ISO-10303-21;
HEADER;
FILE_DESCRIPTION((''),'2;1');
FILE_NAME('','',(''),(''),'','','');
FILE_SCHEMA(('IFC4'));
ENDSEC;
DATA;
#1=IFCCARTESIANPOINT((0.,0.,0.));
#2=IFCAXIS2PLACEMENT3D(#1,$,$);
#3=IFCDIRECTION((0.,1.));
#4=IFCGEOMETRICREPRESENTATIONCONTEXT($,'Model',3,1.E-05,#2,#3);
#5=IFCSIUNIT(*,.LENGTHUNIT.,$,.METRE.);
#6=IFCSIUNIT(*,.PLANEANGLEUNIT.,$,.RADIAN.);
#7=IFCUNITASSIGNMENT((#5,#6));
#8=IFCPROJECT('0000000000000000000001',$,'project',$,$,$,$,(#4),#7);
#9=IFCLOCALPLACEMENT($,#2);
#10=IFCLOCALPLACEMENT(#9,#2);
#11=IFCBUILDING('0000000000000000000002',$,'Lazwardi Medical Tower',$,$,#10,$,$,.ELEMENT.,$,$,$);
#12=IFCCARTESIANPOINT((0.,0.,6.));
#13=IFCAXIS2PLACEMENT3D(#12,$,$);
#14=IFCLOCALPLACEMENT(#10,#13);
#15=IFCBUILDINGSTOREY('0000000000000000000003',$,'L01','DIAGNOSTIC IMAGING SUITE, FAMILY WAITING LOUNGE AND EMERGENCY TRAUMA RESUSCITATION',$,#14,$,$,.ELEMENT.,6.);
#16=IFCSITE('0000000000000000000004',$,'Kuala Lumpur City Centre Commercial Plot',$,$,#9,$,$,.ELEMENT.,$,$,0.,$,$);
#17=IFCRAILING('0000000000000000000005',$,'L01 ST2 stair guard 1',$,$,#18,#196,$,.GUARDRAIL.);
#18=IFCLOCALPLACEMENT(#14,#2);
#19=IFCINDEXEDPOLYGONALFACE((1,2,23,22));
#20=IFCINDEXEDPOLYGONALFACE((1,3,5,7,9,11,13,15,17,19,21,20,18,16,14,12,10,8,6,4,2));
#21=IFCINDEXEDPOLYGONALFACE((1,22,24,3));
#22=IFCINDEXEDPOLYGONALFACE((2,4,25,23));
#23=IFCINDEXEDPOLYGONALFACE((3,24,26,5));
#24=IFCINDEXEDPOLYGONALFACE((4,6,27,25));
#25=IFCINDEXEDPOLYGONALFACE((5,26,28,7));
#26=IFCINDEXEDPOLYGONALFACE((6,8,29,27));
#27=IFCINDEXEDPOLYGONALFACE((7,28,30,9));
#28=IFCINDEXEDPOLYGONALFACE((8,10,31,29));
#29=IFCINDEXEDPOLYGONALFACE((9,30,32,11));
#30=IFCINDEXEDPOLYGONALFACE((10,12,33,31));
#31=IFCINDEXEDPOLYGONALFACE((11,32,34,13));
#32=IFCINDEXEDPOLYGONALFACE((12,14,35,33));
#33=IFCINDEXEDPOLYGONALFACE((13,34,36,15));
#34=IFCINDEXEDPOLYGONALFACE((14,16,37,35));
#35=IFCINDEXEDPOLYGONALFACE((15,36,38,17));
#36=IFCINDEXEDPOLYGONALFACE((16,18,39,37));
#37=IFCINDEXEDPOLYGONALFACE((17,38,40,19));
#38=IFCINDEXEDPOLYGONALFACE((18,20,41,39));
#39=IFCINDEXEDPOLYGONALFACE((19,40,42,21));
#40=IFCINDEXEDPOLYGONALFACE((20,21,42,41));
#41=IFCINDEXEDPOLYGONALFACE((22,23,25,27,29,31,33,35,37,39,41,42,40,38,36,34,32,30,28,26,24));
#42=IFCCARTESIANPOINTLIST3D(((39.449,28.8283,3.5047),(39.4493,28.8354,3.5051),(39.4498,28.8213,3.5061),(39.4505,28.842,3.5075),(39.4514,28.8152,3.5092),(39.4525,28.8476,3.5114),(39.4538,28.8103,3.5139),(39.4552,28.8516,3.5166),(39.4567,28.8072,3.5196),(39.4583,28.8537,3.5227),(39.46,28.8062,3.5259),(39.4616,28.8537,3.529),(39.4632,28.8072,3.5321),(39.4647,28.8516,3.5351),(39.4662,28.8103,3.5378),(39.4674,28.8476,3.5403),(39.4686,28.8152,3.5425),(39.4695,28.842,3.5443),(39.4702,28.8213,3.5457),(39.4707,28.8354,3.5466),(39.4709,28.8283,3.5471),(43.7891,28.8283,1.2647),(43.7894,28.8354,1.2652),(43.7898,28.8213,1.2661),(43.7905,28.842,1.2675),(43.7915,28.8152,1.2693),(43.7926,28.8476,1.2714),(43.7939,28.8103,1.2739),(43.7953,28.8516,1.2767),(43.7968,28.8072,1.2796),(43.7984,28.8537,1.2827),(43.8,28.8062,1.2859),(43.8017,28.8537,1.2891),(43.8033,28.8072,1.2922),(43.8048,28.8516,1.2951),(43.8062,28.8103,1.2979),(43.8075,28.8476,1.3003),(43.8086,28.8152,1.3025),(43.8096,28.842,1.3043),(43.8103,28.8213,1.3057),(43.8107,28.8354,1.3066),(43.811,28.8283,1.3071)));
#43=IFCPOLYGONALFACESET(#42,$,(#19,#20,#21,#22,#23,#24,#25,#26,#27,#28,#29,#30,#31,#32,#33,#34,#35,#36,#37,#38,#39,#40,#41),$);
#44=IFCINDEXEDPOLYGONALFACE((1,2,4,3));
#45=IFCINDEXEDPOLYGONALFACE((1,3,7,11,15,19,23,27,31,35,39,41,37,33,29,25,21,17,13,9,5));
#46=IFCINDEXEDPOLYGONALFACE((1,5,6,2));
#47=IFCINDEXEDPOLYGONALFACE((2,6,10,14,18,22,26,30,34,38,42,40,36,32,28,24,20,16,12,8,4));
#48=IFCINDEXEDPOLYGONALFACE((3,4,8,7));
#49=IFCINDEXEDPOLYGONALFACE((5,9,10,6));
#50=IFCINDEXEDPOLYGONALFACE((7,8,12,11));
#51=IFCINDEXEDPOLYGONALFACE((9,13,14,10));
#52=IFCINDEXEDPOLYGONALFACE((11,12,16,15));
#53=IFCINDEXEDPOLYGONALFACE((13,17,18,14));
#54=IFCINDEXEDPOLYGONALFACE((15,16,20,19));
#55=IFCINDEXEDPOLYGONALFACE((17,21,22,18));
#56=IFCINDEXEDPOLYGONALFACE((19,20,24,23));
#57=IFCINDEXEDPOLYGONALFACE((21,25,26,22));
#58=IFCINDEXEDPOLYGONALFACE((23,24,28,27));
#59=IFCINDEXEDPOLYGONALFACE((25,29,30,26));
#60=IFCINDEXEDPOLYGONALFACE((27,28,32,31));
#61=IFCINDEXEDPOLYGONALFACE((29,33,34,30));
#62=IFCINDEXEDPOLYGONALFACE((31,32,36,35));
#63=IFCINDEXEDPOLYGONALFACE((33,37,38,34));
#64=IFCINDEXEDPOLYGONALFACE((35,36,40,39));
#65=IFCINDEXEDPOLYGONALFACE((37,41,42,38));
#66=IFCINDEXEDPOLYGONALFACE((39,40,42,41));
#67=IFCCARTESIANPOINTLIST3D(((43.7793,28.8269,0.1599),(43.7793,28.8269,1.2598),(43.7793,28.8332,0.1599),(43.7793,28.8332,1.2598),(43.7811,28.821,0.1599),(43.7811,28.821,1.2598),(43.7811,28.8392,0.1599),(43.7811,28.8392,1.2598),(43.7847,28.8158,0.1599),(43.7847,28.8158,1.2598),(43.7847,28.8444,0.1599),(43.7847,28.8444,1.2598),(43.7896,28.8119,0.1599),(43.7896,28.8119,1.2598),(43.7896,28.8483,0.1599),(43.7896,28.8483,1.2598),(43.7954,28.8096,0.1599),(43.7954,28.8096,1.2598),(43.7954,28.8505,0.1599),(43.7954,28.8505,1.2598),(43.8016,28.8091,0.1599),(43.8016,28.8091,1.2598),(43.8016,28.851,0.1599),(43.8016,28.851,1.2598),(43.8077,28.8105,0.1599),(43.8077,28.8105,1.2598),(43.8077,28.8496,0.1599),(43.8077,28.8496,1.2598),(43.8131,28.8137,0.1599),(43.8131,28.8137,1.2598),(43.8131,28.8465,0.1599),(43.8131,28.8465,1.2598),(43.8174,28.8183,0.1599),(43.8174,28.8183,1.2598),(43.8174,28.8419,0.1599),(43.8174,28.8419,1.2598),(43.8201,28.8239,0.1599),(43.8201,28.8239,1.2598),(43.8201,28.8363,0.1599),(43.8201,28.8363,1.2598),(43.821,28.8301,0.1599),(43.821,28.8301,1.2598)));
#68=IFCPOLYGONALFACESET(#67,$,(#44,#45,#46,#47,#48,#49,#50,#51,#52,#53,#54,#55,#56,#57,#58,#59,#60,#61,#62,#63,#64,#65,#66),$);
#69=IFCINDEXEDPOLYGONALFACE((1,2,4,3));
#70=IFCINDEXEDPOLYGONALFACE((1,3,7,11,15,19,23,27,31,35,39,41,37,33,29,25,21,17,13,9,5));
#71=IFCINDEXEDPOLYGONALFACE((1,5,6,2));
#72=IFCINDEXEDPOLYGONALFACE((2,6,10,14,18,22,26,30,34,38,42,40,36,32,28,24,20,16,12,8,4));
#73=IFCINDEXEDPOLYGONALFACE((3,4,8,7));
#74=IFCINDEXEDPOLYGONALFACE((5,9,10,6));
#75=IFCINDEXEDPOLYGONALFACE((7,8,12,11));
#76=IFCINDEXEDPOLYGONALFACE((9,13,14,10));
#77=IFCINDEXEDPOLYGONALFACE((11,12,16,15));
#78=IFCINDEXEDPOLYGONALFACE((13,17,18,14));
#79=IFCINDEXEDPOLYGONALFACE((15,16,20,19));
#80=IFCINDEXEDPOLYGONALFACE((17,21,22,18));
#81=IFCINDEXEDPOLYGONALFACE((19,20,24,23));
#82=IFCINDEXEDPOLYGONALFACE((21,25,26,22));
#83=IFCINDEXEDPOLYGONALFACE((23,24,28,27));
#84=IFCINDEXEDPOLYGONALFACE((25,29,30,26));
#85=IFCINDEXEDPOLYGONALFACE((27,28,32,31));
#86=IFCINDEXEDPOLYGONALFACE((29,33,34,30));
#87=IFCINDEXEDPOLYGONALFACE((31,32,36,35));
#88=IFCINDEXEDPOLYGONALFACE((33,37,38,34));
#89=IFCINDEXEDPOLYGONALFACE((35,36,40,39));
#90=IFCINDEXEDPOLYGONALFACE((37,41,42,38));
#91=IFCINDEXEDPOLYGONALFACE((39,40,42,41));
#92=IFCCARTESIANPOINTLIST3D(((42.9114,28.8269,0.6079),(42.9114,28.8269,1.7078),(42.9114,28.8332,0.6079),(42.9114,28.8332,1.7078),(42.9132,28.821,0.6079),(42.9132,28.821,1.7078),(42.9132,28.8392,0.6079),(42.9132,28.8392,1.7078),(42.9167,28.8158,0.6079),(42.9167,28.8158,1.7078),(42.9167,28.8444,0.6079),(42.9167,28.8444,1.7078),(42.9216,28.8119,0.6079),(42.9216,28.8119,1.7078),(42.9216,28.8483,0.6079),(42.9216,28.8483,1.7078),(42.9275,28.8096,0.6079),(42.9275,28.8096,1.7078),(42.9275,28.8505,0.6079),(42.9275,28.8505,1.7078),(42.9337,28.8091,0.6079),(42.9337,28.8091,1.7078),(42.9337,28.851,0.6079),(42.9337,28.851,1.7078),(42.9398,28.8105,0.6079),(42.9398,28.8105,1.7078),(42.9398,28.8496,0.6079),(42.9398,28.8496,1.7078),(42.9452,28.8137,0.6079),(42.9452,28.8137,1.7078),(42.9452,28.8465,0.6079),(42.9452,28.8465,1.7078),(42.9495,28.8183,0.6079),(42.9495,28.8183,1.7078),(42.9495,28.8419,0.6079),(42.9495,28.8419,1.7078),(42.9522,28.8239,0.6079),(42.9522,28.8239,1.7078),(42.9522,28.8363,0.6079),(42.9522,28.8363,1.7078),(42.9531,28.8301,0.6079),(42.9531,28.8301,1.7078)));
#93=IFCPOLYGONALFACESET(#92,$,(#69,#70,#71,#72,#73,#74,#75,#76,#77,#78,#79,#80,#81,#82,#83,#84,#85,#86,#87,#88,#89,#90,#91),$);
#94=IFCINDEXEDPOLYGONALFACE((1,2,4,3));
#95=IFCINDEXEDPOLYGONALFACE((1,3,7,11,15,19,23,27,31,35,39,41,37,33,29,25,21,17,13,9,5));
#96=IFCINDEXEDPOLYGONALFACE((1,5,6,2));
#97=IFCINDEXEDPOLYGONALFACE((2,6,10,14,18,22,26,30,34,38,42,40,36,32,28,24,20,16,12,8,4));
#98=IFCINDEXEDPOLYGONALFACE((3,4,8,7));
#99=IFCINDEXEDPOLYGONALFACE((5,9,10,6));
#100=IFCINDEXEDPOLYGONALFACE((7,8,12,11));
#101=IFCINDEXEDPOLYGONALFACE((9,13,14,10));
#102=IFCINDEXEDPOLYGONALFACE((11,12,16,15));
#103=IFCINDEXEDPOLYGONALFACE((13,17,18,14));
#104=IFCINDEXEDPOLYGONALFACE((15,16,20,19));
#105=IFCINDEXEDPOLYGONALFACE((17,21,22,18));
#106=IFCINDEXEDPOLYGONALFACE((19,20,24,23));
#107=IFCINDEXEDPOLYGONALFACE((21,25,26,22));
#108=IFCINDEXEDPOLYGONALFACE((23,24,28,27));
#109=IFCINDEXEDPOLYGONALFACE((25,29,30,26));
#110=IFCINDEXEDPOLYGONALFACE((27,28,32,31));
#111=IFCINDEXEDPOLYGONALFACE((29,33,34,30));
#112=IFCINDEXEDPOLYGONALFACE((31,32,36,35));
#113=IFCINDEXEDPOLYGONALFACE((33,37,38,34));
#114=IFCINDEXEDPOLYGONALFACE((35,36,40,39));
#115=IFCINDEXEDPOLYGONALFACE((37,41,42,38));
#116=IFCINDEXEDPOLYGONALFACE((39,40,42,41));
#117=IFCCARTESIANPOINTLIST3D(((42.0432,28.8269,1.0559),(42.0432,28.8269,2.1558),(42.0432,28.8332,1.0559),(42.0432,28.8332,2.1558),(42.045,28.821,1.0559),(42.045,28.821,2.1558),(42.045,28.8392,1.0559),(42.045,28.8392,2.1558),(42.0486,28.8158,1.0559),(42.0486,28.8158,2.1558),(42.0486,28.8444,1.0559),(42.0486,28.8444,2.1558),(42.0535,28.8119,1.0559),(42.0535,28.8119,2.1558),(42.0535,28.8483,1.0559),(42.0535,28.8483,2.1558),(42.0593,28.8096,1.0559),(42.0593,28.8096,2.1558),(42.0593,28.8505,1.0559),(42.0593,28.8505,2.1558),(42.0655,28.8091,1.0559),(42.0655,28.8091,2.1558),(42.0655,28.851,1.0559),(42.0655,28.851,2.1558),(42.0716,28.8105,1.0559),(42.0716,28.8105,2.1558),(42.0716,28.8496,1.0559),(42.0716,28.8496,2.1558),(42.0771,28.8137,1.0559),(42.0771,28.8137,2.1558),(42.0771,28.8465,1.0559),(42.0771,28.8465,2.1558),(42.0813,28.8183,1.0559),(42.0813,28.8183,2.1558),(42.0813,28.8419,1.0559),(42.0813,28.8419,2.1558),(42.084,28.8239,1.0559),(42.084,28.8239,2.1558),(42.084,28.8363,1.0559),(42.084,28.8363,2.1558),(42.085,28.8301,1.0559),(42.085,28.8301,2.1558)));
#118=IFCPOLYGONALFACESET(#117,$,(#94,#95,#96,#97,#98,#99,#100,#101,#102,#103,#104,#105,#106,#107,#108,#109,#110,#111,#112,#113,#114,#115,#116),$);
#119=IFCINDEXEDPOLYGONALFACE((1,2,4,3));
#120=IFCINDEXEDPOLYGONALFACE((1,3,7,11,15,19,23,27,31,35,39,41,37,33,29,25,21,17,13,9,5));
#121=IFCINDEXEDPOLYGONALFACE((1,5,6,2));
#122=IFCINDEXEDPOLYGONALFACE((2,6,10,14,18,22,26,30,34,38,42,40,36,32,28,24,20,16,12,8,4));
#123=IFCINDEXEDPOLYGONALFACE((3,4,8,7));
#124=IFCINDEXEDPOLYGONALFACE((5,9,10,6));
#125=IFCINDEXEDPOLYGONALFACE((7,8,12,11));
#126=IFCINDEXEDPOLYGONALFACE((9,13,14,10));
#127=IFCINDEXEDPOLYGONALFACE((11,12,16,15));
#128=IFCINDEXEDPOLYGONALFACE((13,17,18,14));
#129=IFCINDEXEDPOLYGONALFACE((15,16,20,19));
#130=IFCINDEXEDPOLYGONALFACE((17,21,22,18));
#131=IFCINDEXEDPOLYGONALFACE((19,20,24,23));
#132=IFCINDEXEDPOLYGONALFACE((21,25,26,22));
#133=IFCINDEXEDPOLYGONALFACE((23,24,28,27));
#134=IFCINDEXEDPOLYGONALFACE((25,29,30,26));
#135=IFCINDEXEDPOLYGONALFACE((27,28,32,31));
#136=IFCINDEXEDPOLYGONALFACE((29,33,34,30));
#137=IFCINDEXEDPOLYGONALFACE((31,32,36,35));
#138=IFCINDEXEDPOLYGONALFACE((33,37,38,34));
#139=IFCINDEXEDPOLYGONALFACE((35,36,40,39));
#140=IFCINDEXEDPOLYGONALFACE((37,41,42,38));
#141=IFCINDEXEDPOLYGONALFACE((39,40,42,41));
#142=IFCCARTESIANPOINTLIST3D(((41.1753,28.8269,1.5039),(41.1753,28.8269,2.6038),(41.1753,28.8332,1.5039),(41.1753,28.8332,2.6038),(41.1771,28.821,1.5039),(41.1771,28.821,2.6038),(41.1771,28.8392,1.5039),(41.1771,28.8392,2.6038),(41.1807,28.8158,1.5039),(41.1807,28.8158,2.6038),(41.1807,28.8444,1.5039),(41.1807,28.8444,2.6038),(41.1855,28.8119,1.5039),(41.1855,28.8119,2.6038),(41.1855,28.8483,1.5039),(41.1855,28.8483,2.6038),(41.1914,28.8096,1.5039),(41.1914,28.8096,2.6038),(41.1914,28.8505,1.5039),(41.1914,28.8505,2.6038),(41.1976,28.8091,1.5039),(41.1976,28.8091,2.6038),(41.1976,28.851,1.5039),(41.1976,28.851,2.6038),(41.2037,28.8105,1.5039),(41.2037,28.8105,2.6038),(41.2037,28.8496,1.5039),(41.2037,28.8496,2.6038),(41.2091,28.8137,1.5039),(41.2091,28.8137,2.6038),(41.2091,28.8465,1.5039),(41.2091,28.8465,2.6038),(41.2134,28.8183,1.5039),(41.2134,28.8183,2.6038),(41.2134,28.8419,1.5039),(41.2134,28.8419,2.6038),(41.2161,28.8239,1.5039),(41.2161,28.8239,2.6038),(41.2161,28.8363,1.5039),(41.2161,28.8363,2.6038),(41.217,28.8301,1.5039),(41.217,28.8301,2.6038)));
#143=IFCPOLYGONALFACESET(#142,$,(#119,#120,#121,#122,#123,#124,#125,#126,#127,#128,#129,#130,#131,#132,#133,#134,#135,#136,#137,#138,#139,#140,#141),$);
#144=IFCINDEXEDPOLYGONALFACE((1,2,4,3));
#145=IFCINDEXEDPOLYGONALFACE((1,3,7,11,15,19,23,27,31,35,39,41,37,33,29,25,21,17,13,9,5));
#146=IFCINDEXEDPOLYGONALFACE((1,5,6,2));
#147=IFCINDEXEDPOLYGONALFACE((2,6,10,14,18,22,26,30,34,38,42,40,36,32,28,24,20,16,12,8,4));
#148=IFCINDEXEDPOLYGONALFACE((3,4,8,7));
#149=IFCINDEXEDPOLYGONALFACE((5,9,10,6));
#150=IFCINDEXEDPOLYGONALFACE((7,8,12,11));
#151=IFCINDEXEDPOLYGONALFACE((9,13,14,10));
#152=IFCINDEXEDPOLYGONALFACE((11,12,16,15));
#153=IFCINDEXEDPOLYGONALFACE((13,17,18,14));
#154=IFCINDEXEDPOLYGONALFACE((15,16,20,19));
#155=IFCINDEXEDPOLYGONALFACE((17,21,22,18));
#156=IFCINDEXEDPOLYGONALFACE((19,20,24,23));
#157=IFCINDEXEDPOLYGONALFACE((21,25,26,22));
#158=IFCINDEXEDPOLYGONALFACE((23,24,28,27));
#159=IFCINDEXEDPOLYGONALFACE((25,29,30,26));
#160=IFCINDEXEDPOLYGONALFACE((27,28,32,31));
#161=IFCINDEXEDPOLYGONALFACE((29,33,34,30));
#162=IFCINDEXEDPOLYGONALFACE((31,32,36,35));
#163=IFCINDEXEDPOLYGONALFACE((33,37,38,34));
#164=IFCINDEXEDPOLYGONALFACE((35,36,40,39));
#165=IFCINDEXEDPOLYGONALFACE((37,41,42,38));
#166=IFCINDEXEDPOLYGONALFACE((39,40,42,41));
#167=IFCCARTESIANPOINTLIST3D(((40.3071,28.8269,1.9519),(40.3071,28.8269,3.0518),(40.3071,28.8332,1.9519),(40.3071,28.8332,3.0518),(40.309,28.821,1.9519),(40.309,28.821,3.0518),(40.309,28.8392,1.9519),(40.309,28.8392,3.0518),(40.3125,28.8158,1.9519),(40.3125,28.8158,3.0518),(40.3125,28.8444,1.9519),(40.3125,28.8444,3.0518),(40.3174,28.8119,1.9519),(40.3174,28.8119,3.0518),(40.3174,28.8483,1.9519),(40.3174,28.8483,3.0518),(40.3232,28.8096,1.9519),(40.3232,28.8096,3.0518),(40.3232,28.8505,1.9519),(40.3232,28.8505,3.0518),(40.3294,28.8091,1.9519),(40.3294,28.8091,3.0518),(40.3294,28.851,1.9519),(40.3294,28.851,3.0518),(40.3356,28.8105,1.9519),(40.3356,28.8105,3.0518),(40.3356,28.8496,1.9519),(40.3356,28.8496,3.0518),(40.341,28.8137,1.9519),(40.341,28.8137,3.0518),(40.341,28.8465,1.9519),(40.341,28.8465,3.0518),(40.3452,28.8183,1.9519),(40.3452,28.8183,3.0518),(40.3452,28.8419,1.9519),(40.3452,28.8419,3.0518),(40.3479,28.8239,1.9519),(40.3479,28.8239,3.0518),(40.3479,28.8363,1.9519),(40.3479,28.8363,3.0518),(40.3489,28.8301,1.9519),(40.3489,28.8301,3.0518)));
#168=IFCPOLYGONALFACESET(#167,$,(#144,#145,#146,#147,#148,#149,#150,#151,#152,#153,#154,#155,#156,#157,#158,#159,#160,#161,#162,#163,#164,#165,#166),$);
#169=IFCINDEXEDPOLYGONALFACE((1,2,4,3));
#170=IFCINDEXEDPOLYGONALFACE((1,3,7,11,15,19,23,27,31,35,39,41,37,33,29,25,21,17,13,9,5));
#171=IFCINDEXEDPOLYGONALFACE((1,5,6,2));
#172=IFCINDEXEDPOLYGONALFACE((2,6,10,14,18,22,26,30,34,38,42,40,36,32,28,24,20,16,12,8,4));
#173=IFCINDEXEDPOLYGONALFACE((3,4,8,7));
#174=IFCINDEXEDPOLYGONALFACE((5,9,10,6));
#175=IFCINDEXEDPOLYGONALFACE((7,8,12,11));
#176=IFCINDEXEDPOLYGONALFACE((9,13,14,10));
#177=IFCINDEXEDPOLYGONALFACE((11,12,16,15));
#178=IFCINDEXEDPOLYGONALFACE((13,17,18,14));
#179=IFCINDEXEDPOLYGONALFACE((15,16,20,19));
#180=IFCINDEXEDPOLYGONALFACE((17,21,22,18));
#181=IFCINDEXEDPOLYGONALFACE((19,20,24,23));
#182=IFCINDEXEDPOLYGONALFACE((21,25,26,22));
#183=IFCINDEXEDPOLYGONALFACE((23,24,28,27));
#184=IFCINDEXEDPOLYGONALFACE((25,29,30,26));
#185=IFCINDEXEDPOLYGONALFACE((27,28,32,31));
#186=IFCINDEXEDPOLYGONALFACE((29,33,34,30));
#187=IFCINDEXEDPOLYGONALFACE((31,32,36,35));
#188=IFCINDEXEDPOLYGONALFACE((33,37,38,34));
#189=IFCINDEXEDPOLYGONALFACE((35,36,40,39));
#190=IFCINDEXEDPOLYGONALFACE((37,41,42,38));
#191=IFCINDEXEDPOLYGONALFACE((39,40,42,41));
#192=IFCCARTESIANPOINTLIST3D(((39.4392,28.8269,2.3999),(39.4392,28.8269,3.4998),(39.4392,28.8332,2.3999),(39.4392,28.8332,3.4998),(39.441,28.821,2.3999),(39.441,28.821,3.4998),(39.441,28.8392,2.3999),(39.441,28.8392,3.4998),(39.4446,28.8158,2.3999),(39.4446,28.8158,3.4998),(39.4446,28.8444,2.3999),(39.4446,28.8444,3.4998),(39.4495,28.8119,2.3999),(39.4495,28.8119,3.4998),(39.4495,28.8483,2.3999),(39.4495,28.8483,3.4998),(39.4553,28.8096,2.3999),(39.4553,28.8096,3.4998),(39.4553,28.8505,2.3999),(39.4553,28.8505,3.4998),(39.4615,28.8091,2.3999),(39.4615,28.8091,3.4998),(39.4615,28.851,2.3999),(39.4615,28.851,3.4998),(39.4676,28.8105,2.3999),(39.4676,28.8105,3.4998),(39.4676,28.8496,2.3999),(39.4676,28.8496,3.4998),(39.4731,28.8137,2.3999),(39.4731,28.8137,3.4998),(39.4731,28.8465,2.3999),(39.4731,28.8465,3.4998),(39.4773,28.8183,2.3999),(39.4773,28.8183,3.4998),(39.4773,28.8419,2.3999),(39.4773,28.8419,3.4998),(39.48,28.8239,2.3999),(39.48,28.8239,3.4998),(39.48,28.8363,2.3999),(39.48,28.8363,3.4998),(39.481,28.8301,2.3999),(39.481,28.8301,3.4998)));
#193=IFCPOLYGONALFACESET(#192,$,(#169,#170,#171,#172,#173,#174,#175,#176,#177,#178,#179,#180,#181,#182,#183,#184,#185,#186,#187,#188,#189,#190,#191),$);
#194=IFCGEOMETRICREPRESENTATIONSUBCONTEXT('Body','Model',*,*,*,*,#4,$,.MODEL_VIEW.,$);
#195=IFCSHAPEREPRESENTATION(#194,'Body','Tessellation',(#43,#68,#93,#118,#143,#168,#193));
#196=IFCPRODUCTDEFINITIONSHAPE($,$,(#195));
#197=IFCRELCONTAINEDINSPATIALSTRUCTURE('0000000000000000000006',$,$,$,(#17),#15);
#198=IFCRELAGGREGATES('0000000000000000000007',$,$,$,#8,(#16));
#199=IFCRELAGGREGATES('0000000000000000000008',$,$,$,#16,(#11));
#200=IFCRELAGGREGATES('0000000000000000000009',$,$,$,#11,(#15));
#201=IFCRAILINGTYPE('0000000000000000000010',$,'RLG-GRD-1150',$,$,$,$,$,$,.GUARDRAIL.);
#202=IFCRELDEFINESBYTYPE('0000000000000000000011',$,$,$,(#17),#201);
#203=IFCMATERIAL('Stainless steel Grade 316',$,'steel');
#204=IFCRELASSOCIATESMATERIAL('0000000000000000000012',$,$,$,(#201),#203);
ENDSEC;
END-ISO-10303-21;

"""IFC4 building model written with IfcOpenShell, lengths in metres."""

from ifc_helpers import new_model, si_unit, direction, frame, origin, origin_2d, place, context, subcontext, project, spatial, circle, extrude, material, type_object, element, save


model = new_model("IFC4")

# Units and contexts
model_context = context("Model", 3, precision=1e-05, world=origin(), true_north=direction((0.0, 1.0)))
body_context = subcontext(model_context, "Body", "Model", "MODEL_VIEW")
ifc_project = project(units=[si_unit("LENGTHUNIT", "METRE"), si_unit("PLANEANGLEUNIT", "RADIAN")], contexts=[model_context])

# Site, building, storey
site_placement = place(None, origin())
site = spatial("IfcSite", under=ifc_project, at=site_placement, Name="Kuala Lumpur City Centre Commercial Plot", CompositionType="ELEMENT", RefElevation=0.0)
building_placement = place(site_placement, origin())
building = spatial("IfcBuilding", under=site, at=building_placement, Name="Lazwardi Medical Tower", CompositionType="ELEMENT")
storey_placement = place(building_placement, frame((0.0, 0.0, 6.0)))
storey = spatial("IfcBuildingStorey", under=building, at=storey_placement, Name="L01", Description="DIAGNOSTIC IMAGING SUITE, FAMILY WAITING LOUNGE AND EMERGENCY TRAUMA RESUSCITATION", CompositionType="ELEMENT", Elevation=6.0)

# Railing
ifc_material_1 = material(Name="Stainless steel Grade 316", Category="steel")
railing_type_1 = type_object("IfcRailingType", Name="RLG-GRD-1150", PredefinedType="GUARDRAIL", material=ifc_material_1)
railing_1_placement = place(storey_placement, frame((43.8, 28.8301, 0.1599)))
element("IfcRailing", 1, at=railing_1_placement, inside=storey, type_object=railing_type_1, Name="L01 ST2 stair guard 1", PredefinedType="GUARDRAIL", context=body_context, shape_type="SweptSolid", body=[
    extrude(circle(Radius=0.0239, at=origin_2d()), frame((0.0, 0.0, 1.126), z_axis=(-0.888625, 0.0, 0.458634), x_axis=(0.0, -1.0, 0.0)), (0.0, 0.0, 1.0), 4.884),
    extrude(circle(Radius=0.021, at=origin_2d()), origin(), (0.0, 0.0, 1.0), 1.0999),
    extrude(circle(Radius=0.021, at=origin_2d()), frame((-0.8679, 0.0, 0.448)), (0.0, 0.0, 1.0), 1.0999),
    extrude(circle(Radius=0.021, at=origin_2d()), frame((-1.7361, 0.0, 0.896)), (0.0, 0.0, 1.0), 1.0999),
    extrude(circle(Radius=0.021, at=origin_2d()), frame((-2.604, 0.0, 1.344)), (0.0, 0.0, 1.0), 1.0999),
    extrude(circle(Radius=0.021, at=origin_2d()), frame((-3.4722, 0.0, 1.792)), (0.0, 0.0, 1.0), 1.0999),
    extrude(circle(Radius=0.021, at=origin_2d()), frame((-4.3401, 0.0, 2.24)), (0.0, 0.0, 1.0), 1.0999),
])

save(model, "model.ifc")
